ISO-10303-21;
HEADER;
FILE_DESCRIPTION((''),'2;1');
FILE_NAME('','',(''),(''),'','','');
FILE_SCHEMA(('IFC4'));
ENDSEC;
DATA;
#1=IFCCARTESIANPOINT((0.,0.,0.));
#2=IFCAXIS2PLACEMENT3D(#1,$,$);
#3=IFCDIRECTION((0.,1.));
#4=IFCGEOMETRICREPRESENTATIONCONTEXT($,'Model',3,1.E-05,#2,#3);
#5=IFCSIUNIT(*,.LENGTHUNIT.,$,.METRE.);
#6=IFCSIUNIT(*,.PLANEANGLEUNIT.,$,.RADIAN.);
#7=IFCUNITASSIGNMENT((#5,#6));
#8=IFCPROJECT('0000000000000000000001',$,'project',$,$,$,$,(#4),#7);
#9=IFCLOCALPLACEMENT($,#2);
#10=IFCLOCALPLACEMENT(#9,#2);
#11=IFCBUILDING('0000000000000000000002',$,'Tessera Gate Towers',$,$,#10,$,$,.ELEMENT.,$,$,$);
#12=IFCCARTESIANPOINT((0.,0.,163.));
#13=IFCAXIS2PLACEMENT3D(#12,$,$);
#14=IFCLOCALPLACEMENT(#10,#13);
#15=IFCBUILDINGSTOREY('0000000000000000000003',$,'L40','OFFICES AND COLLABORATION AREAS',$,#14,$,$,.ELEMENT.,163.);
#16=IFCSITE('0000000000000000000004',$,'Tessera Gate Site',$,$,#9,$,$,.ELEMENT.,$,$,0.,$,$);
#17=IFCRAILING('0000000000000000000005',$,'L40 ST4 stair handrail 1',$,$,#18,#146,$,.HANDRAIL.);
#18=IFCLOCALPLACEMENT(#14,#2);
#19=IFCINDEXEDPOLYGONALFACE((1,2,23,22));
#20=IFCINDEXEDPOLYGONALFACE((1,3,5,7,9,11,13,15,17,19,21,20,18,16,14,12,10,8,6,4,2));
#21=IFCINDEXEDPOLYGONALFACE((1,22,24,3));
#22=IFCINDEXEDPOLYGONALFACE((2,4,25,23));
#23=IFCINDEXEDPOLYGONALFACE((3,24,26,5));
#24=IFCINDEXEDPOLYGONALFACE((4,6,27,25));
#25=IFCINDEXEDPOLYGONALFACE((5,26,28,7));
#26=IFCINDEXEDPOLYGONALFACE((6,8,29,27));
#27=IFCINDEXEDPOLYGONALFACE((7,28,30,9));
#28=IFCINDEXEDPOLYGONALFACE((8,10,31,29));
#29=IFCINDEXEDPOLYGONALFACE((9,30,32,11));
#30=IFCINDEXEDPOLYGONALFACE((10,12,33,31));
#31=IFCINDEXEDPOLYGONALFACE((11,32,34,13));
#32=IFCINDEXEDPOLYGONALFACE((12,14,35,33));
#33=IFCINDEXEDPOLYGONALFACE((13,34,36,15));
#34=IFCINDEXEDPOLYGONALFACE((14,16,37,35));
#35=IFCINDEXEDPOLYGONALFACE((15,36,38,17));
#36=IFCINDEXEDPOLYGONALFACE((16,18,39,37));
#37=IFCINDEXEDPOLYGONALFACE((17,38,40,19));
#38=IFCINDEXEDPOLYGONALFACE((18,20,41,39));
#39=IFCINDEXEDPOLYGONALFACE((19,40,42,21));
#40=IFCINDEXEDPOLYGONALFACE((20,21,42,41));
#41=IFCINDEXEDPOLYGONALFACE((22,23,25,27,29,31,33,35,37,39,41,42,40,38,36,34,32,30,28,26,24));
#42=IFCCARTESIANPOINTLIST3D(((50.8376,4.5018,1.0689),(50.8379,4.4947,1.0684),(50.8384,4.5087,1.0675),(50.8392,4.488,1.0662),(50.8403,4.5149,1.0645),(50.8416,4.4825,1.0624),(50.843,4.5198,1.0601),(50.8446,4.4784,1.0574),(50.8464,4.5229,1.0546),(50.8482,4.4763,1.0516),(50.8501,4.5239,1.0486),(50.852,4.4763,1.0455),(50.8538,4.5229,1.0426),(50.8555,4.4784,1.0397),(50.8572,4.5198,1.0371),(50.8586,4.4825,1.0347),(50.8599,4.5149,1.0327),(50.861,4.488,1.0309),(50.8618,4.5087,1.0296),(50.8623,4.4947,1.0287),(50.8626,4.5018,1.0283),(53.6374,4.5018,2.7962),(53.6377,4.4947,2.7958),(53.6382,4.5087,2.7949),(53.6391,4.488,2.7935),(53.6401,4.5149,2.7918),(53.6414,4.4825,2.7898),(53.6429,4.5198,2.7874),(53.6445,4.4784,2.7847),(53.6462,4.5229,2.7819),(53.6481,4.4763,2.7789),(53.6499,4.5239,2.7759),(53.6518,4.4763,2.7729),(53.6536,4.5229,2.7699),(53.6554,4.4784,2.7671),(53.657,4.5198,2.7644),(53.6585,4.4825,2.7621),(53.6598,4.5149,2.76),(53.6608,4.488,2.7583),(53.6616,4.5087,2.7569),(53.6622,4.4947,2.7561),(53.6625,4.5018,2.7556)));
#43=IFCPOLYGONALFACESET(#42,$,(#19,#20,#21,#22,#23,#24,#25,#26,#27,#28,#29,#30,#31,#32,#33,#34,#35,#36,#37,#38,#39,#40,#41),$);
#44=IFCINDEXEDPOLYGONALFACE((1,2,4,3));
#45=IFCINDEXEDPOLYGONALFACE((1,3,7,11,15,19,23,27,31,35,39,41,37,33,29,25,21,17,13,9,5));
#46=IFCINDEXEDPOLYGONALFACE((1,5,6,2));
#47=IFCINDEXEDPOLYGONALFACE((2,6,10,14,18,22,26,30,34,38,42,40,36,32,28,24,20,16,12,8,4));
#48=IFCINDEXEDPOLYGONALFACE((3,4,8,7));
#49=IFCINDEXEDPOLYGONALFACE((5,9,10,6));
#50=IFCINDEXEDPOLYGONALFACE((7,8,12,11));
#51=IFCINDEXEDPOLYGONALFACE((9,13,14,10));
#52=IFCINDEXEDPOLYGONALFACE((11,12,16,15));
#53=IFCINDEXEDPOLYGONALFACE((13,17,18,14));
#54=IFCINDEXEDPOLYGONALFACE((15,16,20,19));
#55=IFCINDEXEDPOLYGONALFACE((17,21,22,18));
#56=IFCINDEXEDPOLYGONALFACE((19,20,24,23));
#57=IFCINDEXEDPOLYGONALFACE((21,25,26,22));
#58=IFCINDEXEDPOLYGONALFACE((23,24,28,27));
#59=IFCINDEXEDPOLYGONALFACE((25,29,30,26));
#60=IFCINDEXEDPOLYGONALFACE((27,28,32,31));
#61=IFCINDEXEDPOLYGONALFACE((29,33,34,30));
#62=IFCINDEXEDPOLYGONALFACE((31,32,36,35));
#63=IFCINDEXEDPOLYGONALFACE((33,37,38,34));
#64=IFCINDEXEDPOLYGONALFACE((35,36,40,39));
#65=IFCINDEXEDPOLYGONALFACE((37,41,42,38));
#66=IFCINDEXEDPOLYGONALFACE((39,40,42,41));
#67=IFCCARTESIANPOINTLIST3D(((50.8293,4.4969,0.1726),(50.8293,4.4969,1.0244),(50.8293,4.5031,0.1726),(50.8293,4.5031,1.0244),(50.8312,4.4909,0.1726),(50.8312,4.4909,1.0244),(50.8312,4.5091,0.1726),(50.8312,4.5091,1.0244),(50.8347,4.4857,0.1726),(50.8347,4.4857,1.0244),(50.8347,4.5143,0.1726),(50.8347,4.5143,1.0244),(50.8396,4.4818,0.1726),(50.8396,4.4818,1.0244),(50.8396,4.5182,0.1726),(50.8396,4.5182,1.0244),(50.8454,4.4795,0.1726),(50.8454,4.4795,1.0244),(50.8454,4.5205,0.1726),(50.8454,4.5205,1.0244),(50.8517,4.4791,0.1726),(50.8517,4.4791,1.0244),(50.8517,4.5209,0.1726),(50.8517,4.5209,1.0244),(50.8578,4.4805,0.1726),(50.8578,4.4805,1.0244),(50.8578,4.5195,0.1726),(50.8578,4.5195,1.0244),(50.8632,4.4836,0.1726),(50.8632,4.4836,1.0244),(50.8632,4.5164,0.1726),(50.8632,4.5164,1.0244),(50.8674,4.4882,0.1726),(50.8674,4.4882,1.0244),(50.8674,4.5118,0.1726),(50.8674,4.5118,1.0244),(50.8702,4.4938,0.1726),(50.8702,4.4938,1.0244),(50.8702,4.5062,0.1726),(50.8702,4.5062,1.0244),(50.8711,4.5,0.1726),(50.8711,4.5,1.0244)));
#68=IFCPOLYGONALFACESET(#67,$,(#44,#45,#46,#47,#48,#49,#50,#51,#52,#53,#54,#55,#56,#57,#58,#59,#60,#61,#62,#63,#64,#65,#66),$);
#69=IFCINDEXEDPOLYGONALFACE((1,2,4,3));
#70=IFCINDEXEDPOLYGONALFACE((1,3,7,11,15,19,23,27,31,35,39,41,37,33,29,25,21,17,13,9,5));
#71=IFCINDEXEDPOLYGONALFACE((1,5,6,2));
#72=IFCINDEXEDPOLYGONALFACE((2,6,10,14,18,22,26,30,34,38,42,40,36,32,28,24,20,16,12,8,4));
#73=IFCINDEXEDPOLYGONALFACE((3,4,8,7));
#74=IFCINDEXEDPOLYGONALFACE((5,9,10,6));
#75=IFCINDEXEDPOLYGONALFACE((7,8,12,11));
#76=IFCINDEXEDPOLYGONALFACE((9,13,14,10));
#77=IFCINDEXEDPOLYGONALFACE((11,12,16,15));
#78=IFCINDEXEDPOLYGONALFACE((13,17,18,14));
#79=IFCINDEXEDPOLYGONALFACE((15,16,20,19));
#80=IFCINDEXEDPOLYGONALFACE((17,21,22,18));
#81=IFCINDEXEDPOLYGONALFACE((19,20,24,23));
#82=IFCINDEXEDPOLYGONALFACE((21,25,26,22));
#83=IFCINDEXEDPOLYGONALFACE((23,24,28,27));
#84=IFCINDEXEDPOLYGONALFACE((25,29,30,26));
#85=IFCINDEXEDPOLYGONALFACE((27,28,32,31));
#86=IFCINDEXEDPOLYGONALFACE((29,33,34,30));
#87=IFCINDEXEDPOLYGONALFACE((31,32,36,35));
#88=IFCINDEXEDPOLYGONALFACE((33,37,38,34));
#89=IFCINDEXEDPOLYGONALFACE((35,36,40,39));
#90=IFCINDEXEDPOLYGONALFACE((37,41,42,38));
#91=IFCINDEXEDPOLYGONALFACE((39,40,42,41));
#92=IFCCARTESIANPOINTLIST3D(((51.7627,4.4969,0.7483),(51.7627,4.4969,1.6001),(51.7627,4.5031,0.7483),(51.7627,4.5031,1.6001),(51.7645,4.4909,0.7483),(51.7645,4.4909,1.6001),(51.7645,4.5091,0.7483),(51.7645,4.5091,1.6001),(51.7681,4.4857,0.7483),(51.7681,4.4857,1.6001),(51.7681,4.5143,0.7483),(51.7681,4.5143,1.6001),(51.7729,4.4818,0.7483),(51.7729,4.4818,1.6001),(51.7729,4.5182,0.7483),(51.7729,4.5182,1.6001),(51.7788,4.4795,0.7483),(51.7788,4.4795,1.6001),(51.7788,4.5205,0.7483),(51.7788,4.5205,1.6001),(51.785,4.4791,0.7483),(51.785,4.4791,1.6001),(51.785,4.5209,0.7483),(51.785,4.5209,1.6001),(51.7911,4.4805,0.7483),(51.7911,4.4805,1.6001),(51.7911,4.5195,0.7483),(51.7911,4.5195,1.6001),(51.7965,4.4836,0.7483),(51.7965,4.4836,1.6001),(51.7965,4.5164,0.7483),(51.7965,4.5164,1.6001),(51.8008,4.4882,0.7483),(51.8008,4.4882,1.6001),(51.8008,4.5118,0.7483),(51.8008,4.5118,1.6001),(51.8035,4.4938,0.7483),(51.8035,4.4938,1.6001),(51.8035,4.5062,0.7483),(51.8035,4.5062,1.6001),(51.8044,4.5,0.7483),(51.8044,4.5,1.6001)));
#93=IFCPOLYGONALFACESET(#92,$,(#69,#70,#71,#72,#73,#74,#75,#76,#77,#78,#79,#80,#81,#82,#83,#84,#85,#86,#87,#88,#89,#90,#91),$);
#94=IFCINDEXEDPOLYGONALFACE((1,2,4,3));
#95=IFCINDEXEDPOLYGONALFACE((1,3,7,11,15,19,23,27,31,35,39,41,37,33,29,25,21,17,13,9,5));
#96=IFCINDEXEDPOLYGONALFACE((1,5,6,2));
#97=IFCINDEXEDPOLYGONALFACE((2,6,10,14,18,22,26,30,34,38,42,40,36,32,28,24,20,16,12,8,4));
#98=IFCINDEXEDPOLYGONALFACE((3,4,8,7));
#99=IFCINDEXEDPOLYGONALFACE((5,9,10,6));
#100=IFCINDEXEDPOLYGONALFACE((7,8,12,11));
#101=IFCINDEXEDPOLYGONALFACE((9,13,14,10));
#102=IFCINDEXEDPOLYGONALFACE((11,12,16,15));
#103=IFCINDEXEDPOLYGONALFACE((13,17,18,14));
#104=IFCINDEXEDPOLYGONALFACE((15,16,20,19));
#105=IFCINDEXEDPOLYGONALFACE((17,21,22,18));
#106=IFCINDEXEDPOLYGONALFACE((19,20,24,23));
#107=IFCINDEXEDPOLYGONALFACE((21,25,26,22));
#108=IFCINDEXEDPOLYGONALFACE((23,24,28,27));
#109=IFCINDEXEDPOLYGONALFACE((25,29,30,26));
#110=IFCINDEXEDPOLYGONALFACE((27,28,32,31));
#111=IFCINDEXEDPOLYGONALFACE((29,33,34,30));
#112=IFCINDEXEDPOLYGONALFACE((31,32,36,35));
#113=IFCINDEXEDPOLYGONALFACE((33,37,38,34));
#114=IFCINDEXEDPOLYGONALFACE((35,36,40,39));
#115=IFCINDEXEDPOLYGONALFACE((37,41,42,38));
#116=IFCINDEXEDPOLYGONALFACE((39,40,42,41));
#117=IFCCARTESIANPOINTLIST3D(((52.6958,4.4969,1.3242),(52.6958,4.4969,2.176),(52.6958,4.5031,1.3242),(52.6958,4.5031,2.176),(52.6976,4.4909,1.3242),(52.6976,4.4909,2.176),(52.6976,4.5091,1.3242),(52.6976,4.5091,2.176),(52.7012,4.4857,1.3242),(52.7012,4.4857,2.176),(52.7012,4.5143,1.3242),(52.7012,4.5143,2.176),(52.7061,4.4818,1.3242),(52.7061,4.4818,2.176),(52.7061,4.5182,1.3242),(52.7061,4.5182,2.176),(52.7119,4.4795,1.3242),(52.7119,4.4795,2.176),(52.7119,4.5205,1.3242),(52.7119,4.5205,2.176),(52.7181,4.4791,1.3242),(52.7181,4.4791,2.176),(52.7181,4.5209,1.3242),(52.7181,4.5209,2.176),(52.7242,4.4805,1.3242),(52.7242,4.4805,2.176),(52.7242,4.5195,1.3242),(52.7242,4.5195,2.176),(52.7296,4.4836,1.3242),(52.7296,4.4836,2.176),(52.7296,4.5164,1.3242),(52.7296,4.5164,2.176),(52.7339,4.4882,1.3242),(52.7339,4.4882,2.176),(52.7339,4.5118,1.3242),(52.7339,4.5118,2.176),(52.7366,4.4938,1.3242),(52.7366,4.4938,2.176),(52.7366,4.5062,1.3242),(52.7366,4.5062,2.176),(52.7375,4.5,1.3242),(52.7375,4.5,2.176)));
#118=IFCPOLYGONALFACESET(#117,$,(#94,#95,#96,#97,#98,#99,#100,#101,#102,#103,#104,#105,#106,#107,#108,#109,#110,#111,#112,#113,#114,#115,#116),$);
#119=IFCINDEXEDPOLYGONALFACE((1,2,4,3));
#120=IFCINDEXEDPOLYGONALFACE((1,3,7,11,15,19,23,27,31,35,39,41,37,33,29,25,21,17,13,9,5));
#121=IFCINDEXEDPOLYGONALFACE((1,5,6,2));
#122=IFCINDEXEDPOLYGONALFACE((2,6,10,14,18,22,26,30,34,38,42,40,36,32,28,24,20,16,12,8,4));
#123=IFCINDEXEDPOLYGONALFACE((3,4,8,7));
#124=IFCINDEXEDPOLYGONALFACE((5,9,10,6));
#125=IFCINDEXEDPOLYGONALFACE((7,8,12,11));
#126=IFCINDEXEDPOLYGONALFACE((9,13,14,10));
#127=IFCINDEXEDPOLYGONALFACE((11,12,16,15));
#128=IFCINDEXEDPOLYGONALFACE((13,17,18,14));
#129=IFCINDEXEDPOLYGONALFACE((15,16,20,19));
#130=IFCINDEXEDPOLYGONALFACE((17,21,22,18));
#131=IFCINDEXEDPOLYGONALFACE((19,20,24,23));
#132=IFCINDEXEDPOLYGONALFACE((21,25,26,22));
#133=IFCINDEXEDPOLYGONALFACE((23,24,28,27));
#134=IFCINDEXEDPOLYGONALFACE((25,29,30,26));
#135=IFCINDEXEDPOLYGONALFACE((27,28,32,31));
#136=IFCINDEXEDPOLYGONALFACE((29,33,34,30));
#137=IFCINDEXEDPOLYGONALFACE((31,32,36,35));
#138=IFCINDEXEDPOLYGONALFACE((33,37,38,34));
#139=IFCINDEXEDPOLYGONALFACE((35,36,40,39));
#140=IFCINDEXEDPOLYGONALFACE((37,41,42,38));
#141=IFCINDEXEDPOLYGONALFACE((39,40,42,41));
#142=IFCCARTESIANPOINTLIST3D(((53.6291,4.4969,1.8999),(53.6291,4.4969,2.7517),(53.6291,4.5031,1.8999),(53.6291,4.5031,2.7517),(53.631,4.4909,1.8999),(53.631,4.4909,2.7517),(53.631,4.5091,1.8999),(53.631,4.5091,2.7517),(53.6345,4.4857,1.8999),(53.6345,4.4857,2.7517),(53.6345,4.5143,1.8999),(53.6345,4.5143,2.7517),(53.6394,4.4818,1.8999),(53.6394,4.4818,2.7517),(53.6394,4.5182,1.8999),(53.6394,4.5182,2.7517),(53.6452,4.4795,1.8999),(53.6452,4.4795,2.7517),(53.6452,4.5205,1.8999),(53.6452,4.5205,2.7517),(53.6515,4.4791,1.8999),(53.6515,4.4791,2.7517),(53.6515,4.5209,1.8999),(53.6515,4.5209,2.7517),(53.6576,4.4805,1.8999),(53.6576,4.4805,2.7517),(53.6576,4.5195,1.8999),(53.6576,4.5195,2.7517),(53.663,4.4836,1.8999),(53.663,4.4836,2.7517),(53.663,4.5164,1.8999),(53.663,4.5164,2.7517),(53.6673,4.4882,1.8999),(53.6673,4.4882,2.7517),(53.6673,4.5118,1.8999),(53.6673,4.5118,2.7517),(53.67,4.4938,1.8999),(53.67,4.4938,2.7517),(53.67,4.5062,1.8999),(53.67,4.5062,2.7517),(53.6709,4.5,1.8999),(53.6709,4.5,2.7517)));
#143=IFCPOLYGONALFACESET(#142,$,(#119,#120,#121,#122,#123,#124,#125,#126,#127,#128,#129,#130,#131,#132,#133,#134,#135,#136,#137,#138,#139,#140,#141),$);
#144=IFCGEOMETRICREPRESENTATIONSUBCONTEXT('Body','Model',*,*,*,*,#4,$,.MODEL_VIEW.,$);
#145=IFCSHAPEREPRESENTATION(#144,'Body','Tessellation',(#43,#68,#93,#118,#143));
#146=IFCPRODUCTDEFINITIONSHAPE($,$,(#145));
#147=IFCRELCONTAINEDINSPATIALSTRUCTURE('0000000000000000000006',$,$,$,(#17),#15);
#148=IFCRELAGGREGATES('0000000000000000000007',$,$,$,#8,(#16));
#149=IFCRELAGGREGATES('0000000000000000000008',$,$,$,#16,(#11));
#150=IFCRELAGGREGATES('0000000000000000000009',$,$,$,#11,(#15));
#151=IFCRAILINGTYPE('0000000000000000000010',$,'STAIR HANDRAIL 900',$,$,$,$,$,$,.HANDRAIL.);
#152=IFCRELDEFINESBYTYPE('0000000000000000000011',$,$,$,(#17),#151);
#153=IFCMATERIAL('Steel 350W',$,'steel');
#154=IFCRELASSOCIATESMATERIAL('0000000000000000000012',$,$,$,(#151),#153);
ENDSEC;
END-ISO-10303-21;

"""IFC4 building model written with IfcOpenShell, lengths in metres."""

from ifc_helpers import new_model, si_unit, direction, frame, origin, origin_2d, place, context, subcontext, project, spatial, circle, extrude, material, type_object, element, save


model = new_model("IFC4")

# Units and contexts
model_context = context("Model", 3, precision=1e-05, world=origin(), true_north=direction((0.0, 1.0)))
body_context = subcontext(model_context, "Body", "Model", "MODEL_VIEW")
ifc_project = project(units=[si_unit("LENGTHUNIT", "METRE"), si_unit("PLANEANGLEUNIT", "RADIAN")], contexts=[model_context])

# Site, building, storey
site_placement = place(None, origin())
site = spatial("IfcSite", under=ifc_project, at=site_placement, Name="Tessera Gate Site", CompositionType="ELEMENT", RefElevation=0.0)
building_placement = place(site_placement, origin())
building = spatial("IfcBuilding", under=site, at=building_placement, Name="Tessera Gate Towers", CompositionType="ELEMENT")
storey_placement = place(building_placement, frame((0.0, 0.0, 163.0)))
storey = spatial("IfcBuildingStorey", under=building, at=storey_placement, Name="L40", Description="OFFICES AND COLLABORATION AREAS", CompositionType="ELEMENT", Elevation=163.0)

# Railing
ifc_material_1 = material(Name="Steel 350W", Category="steel")
railing_type_1 = type_object("IfcRailingType", Name="STAIR HANDRAIL 900", PredefinedType="HANDRAIL", material=ifc_material_1)
railing_1_placement = place(storey_placement, frame((50.8501, 4.5, 0.1726)))
element("IfcRailing", 1, at=railing_1_placement, inside=storey, type_object=railing_type_1, Name="L40 ST4 stair handrail 1", PredefinedType="HANDRAIL", context=body_context, shape_type="SweptSolid", body=[
    extrude(circle(Radius=0.0239, at=origin_2d()), frame((0.0, 0.0, 0.876), z_axis=(0.851069, 0.0, 0.525054), x_axis=(0.0, 1.0, 0.0)), (0.0, 0.0, 1.0), 3.2898),
    extrude(circle(Radius=0.021, at=origin_2d()), origin(), (0.0, 0.0, 1.0), 0.8518),
    extrude(circle(Radius=0.021, at=origin_2d()), frame((0.9333, 0.0, 0.5757)), (0.0, 0.0, 1.0), 0.8518),
    extrude(circle(Radius=0.021, at=origin_2d()), frame((1.8665, 0.0, 1.1516)), (0.0, 0.0, 1.0), 0.8518),
    extrude(circle(Radius=0.021, at=origin_2d()), frame((2.7998, 0.0, 1.7273)), (0.0, 0.0, 1.0), 0.8518),
])

save(model, "model.ifc")
